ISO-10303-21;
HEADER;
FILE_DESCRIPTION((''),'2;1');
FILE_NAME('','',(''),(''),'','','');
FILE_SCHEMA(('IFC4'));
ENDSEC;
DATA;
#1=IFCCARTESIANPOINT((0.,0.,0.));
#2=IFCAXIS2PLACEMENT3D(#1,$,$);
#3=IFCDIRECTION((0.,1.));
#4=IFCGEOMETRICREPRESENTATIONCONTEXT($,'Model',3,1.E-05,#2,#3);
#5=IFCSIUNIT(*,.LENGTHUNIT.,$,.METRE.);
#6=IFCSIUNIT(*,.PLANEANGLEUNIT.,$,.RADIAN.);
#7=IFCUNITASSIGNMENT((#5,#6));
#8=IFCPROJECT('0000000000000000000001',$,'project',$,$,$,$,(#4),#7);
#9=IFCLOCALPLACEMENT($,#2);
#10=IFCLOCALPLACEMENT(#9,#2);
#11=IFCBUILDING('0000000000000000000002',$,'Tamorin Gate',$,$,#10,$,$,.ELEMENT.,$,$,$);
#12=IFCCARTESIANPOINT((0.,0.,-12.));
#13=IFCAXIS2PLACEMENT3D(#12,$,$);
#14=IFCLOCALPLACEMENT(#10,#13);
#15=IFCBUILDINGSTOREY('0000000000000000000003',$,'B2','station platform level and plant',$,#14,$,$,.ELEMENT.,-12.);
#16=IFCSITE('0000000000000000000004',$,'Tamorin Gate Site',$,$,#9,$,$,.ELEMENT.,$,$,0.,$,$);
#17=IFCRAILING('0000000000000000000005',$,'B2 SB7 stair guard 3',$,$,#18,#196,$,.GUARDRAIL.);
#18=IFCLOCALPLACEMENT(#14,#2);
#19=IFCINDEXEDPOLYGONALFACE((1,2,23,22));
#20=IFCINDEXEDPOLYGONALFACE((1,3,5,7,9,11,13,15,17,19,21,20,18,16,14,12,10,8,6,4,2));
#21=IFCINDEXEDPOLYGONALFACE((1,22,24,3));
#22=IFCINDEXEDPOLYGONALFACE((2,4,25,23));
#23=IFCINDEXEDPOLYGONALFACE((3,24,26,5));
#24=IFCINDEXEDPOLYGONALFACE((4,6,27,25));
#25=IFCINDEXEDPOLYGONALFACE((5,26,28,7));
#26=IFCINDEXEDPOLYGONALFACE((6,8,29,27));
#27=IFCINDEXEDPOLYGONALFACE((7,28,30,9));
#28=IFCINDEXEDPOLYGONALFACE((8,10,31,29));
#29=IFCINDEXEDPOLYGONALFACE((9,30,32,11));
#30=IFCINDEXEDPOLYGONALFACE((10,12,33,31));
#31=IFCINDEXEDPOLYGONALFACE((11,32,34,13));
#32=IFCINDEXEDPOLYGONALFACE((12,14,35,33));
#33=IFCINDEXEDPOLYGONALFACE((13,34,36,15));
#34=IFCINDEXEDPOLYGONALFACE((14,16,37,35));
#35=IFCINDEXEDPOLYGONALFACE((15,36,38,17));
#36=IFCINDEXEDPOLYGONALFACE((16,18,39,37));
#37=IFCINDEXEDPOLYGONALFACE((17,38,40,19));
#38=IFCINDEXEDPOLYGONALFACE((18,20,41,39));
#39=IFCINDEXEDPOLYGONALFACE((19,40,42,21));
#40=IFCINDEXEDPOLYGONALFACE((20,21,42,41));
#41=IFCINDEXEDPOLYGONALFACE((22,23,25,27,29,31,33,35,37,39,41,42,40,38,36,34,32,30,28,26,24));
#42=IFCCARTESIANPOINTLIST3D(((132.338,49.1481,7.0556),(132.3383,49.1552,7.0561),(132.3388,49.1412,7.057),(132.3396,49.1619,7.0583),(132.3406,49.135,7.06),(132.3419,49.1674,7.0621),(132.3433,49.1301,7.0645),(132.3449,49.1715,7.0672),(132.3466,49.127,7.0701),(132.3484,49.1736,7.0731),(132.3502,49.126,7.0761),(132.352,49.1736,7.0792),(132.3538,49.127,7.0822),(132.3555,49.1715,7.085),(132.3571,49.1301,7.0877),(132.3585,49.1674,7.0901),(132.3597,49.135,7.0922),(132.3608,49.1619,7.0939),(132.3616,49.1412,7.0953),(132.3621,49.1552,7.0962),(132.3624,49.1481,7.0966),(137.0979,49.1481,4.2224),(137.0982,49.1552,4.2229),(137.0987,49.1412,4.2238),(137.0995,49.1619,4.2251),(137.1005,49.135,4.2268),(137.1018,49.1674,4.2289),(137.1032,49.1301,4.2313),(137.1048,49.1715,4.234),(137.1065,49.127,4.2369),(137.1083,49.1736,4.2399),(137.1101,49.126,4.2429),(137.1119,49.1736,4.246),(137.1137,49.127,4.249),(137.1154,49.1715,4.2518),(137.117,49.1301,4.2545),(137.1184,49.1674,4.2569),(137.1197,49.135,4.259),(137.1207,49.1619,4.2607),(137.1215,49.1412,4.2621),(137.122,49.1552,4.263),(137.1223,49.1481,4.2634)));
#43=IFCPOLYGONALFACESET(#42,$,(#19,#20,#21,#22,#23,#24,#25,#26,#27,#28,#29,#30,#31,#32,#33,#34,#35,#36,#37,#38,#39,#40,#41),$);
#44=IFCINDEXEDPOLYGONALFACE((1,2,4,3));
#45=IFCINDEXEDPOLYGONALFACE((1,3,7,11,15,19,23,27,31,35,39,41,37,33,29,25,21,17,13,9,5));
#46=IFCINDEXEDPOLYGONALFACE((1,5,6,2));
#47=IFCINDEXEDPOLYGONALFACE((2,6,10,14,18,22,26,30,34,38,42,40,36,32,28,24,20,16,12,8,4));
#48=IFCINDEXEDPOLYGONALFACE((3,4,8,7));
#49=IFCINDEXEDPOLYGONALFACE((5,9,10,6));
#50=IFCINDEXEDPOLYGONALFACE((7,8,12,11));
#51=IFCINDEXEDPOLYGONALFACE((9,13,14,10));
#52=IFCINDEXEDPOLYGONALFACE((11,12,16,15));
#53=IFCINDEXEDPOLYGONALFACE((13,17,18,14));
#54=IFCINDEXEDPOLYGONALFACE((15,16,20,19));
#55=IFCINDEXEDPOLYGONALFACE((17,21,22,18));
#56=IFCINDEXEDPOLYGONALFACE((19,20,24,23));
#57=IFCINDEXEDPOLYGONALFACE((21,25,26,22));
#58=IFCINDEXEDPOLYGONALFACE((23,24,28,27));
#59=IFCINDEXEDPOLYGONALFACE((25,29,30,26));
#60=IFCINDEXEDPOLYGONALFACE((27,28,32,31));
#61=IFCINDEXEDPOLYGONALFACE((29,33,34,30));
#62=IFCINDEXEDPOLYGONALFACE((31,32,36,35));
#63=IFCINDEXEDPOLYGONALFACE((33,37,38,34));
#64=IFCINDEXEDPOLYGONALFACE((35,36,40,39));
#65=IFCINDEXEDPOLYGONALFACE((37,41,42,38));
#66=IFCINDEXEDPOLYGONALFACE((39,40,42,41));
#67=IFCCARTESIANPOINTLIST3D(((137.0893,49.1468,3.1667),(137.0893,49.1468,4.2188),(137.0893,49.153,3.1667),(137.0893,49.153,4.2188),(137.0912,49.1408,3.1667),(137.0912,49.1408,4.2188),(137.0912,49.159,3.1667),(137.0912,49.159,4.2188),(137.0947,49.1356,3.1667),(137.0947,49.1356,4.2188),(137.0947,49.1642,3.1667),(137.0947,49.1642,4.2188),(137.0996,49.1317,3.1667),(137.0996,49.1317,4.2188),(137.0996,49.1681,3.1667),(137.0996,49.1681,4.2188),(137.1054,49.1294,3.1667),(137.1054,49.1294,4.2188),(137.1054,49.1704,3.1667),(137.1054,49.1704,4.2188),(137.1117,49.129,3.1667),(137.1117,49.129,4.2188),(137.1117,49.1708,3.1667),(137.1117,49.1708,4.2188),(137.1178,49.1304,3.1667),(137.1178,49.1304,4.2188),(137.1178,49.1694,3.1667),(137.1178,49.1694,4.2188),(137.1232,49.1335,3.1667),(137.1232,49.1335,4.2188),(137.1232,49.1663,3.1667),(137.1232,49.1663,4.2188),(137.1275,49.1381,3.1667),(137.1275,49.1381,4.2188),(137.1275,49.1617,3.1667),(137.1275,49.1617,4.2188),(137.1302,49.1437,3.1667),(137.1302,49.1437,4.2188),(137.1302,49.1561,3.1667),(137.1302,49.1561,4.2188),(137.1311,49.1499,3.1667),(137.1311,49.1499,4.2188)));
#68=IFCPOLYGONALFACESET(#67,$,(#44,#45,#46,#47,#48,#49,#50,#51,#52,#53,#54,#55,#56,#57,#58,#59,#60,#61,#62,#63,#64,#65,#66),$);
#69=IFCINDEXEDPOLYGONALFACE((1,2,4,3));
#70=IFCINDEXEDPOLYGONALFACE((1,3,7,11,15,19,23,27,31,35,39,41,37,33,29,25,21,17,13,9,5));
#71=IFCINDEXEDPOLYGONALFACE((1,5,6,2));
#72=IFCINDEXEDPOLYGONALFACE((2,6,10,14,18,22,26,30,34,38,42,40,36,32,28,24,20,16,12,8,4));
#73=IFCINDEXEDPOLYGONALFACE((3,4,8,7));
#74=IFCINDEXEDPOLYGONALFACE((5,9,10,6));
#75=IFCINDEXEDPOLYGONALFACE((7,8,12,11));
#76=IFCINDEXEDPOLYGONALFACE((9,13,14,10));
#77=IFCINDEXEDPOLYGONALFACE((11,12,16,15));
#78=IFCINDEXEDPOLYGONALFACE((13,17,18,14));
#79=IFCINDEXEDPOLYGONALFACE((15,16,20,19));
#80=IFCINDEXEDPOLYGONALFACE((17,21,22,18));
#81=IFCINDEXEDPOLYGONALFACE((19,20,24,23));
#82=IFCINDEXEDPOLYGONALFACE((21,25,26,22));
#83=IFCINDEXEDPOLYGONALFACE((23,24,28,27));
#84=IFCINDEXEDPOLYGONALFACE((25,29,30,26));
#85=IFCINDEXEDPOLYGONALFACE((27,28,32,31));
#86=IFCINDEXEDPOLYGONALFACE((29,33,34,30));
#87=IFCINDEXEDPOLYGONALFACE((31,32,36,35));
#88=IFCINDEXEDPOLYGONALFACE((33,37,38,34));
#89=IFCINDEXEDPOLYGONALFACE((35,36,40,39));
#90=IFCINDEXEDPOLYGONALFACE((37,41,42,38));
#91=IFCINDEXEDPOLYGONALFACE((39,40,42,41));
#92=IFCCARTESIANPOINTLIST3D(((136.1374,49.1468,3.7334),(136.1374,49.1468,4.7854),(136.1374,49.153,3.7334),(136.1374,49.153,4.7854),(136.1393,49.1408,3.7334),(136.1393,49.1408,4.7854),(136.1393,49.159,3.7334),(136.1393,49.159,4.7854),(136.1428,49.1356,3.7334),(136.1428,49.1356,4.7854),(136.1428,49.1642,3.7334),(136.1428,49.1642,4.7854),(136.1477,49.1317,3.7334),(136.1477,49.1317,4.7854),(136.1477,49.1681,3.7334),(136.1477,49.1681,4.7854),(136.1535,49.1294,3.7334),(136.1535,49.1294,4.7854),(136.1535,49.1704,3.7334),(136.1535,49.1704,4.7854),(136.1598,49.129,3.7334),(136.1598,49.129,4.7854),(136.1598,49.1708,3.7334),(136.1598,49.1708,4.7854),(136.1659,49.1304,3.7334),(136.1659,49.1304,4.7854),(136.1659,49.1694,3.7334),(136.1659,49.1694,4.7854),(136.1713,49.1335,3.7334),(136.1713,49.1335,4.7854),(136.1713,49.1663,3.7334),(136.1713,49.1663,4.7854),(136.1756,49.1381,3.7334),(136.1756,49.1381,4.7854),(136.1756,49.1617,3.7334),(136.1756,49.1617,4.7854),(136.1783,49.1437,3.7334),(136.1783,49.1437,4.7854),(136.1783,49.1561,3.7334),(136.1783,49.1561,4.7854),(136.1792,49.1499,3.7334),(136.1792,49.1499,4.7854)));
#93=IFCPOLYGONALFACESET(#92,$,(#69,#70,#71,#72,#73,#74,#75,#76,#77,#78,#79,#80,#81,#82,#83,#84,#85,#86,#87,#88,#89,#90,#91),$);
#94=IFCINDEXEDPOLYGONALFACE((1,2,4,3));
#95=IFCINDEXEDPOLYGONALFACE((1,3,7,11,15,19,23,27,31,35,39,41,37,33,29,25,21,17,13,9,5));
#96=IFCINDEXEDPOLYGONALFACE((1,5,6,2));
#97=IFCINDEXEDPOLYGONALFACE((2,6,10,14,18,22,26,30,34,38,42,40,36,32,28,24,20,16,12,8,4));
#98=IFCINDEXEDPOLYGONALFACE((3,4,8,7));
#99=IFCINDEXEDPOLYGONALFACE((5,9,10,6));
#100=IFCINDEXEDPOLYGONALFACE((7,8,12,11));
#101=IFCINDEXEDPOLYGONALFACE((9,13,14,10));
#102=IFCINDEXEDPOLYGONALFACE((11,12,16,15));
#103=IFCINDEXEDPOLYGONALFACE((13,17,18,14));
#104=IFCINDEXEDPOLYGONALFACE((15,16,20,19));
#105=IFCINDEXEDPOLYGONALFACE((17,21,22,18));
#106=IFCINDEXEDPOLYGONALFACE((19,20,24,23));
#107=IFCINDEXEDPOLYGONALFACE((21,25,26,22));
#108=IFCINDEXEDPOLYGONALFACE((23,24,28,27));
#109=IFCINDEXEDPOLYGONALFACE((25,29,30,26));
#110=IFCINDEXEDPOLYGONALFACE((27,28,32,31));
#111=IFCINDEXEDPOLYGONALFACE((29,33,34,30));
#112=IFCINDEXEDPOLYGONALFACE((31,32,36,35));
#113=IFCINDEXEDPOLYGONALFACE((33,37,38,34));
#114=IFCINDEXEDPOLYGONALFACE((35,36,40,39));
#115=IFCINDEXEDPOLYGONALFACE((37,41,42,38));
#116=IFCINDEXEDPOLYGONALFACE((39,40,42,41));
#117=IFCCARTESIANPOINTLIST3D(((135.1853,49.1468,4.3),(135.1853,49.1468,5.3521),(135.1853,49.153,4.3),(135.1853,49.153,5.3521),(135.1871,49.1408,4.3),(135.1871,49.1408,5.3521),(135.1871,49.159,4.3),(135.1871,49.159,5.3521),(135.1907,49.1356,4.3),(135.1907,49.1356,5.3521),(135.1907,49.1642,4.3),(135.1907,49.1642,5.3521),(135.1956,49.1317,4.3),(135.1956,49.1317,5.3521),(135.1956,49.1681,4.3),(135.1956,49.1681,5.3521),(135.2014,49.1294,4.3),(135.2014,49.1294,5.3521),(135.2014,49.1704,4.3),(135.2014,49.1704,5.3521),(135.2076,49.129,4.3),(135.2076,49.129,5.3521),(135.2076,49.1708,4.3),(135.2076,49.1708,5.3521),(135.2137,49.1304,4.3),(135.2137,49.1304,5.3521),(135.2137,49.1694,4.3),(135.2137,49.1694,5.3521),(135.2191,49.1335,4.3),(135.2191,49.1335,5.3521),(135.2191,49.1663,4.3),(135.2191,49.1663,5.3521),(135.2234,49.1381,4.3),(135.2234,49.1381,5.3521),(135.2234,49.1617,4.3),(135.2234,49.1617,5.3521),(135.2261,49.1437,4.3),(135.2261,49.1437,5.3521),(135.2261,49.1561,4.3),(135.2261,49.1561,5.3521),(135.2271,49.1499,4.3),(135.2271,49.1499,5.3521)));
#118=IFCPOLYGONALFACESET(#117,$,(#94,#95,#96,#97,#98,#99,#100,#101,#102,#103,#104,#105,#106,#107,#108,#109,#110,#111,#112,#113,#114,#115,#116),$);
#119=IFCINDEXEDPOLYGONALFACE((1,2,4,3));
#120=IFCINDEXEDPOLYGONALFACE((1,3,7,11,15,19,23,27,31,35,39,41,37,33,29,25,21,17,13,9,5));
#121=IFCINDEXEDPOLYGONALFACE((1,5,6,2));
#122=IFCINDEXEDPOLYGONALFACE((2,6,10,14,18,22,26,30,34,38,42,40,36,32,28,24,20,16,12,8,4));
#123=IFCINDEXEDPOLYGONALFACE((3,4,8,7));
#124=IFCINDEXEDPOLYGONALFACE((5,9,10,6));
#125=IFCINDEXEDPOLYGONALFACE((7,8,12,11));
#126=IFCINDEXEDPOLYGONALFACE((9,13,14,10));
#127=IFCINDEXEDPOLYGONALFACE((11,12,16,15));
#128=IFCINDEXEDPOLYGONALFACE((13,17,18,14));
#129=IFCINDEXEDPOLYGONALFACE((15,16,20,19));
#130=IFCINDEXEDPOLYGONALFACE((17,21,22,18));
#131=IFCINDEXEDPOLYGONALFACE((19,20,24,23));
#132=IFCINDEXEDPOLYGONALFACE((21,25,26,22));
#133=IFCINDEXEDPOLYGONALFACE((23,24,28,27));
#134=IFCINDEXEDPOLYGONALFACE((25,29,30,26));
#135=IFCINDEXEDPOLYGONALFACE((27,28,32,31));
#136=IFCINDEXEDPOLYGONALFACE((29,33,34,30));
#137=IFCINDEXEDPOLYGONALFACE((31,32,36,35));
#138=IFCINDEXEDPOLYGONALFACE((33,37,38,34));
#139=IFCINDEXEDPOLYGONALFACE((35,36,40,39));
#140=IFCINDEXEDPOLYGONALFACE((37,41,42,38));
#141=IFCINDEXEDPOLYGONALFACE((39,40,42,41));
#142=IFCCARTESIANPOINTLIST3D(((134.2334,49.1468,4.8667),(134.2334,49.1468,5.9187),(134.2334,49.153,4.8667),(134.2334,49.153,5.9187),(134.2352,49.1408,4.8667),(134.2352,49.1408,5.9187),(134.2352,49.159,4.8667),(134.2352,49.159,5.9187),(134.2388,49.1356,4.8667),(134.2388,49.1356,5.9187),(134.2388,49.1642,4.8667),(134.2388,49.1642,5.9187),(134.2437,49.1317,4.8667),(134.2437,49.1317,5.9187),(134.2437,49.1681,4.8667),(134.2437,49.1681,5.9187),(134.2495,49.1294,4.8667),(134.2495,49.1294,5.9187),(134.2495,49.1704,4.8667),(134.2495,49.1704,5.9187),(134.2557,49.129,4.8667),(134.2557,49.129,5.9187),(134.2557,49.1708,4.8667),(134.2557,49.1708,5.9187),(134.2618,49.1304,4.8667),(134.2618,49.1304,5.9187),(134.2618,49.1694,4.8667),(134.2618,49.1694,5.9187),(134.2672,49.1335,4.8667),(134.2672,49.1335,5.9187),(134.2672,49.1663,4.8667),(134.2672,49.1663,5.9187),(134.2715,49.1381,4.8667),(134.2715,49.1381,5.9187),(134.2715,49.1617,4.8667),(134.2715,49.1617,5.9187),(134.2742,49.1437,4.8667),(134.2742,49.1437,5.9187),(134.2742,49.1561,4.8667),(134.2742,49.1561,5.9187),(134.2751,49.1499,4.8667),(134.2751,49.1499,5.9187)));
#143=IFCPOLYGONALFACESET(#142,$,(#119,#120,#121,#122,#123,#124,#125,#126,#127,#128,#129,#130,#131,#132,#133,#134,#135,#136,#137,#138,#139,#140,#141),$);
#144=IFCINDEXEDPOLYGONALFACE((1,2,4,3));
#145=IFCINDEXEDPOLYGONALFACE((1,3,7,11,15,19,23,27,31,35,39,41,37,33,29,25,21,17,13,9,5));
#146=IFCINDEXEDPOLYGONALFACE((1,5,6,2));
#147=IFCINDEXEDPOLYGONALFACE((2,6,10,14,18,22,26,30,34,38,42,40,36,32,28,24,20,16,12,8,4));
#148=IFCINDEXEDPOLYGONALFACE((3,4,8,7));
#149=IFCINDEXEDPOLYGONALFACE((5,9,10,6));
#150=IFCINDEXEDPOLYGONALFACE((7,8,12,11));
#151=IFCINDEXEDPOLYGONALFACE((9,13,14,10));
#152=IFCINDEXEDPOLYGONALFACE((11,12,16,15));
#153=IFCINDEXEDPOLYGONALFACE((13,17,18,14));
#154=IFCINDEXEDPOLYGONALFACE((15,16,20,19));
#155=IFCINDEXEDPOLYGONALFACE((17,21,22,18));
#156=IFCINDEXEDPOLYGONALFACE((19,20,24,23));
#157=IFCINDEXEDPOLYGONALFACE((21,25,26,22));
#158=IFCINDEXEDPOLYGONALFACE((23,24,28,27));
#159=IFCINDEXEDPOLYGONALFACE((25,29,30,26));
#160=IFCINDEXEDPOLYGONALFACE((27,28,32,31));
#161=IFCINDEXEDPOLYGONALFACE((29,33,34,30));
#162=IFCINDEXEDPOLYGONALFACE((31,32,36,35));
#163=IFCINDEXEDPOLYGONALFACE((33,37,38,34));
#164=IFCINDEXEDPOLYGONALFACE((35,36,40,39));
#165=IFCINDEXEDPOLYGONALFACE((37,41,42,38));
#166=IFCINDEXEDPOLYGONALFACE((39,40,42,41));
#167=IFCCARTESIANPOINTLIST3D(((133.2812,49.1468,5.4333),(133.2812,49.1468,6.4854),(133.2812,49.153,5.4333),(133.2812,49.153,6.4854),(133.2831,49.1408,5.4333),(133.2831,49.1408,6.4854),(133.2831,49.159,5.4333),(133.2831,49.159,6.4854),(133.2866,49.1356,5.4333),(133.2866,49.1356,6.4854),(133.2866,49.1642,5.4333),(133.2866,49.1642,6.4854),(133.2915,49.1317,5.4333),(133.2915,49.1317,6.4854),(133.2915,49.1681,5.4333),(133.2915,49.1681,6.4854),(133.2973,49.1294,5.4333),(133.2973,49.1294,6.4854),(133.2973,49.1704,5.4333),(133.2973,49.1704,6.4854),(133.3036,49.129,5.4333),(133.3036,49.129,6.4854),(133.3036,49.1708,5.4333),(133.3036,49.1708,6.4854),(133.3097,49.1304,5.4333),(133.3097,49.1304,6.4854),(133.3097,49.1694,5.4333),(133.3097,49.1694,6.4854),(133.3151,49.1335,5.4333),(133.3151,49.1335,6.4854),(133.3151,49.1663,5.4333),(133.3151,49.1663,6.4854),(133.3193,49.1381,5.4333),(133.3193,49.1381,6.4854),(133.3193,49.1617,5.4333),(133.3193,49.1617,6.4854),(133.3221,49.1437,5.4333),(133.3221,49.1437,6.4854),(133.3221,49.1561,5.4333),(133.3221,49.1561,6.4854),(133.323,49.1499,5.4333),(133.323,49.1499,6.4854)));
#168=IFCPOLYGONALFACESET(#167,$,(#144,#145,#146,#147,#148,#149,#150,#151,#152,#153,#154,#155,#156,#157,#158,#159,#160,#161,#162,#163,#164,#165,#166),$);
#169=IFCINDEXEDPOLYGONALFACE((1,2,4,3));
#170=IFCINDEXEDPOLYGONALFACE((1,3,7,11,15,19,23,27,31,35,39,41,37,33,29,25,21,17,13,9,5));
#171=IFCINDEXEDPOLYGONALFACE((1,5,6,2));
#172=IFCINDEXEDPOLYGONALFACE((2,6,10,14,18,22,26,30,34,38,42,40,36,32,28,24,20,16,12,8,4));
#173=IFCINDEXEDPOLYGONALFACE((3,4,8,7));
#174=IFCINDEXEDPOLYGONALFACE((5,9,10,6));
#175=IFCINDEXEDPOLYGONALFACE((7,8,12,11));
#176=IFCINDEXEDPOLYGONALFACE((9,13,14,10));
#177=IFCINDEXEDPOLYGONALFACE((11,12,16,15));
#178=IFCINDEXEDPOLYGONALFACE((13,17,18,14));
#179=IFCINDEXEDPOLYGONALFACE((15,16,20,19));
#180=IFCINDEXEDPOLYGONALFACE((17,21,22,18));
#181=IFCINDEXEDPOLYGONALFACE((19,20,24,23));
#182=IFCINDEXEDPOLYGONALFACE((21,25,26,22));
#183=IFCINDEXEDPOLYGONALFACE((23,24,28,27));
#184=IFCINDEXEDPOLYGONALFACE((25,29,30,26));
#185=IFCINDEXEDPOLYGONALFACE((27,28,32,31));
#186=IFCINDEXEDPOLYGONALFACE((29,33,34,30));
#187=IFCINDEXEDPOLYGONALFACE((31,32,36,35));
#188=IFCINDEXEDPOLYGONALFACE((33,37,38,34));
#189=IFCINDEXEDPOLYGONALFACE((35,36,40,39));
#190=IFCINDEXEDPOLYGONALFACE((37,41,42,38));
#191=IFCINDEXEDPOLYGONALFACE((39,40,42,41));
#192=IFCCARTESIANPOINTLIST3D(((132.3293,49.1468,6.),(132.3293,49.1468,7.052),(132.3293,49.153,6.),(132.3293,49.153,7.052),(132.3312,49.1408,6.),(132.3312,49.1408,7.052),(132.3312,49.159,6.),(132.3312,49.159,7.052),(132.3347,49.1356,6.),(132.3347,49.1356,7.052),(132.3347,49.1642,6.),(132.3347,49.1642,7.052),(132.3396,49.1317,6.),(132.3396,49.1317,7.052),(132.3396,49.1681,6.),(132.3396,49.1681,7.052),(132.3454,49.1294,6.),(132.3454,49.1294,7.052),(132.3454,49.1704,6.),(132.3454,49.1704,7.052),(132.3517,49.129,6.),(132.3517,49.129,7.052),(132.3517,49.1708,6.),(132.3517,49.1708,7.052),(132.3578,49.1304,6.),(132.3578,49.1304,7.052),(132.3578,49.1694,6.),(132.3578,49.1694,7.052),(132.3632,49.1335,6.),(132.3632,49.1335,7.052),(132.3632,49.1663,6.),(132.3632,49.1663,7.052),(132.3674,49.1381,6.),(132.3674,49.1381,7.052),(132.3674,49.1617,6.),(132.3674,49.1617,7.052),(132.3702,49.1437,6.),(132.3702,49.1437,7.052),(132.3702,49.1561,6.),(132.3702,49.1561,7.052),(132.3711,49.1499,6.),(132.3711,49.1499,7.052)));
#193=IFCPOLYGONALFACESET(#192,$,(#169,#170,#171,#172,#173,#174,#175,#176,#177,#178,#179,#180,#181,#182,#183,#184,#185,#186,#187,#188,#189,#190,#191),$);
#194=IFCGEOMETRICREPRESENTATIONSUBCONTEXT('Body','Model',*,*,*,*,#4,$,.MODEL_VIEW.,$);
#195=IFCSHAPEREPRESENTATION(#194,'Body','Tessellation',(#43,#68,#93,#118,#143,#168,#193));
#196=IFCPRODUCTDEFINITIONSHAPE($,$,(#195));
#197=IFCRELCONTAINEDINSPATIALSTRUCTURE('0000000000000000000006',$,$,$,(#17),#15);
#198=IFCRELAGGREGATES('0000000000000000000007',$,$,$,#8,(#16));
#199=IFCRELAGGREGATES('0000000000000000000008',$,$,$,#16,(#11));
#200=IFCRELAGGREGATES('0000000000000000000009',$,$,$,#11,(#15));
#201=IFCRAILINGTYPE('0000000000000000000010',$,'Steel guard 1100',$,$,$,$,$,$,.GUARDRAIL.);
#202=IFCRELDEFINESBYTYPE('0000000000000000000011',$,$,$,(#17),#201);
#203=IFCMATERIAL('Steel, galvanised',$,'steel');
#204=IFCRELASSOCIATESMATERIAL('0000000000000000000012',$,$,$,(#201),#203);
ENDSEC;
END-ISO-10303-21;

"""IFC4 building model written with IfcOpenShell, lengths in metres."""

from ifc_helpers import new_model, si_unit, direction, frame, origin, origin_2d, place, context, subcontext, project, spatial, circle, extrude, material, type_object, element, save


model = new_model("IFC4")

# Units and contexts
model_context = context("Model", 3, precision=1e-05, world=origin(), true_north=direction((0.0, 1.0)))
body_context = subcontext(model_context, "Body", "Model", "MODEL_VIEW")
ifc_project = project(units=[si_unit("LENGTHUNIT", "METRE"), si_unit("PLANEANGLEUNIT", "RADIAN")], contexts=[model_context])

# Site, building, storey
site_placement = place(None, origin())
site = spatial("IfcSite", under=ifc_project, at=site_placement, Name="Tamorin Gate Site", CompositionType="ELEMENT", RefElevation=0.0)
building_placement = place(site_placement, origin())
building = spatial("IfcBuilding", under=site, at=building_placement, Name="Tamorin Gate", CompositionType="ELEMENT")
storey_placement = place(building_placement, frame((0.0, 0.0, -12.0)))
storey = spatial("IfcBuildingStorey", under=building, at=storey_placement, Name="B2", Description="station platform level and plant", CompositionType="ELEMENT", Elevation=-12.0)

# Railing
ifc_material_1 = material(Name="Steel, galvanised", Category="steel")
railing_type_1 = type_object("IfcRailingType", Name="Steel guard 1100", PredefinedType="GUARDRAIL", material=ifc_material_1)
railing_1_placement = place(storey_placement, frame((137.1101, 49.1499, 3.1667)))
element("IfcRailing", 1, at=railing_1_placement, inside=storey, type_object=railing_type_1, Name="B2 SB7 stair guard 3", PredefinedType="GUARDRAIL", context=body_context, shape_type="SweptSolid", body=[
    extrude(circle(Radius=0.0239, at=origin_2d()), frame((0.0, 0.0, 1.0762), z_axis=(-0.8593, 0.0, 0.511472), x_axis=(0.0, -1.0, 0.0)), (0.0, 0.0, 1.0), 5.5393),
    extrude(circle(Radius=0.021, at=origin_2d()), origin(), (0.0, 0.0, 1.0), 1.052),
    extrude(circle(Radius=0.021, at=origin_2d()), frame((-0.9519, 0.0, 0.5667)), (0.0, 0.0, 1.0), 1.052),
    extrude(circle(Radius=0.021, at=origin_2d()), frame((-1.9041, 0.0, 1.1333)), (0.0, 0.0, 1.0), 1.052),
    extrude(circle(Radius=0.021, at=origin_2d()), frame((-2.856, 0.0, 1.7)), (0.0, 0.0, 1.0), 1.052),
    extrude(circle(Radius=0.021, at=origin_2d()), frame((-3.8081, 0.0, 2.2666)), (0.0, 0.0, 1.0), 1.052),
    extrude(circle(Radius=0.021, at=origin_2d()), frame((-4.76, 0.0, 2.8333)), (0.0, 0.0, 1.0), 1.052),
])

save(model, "model.ifc")
